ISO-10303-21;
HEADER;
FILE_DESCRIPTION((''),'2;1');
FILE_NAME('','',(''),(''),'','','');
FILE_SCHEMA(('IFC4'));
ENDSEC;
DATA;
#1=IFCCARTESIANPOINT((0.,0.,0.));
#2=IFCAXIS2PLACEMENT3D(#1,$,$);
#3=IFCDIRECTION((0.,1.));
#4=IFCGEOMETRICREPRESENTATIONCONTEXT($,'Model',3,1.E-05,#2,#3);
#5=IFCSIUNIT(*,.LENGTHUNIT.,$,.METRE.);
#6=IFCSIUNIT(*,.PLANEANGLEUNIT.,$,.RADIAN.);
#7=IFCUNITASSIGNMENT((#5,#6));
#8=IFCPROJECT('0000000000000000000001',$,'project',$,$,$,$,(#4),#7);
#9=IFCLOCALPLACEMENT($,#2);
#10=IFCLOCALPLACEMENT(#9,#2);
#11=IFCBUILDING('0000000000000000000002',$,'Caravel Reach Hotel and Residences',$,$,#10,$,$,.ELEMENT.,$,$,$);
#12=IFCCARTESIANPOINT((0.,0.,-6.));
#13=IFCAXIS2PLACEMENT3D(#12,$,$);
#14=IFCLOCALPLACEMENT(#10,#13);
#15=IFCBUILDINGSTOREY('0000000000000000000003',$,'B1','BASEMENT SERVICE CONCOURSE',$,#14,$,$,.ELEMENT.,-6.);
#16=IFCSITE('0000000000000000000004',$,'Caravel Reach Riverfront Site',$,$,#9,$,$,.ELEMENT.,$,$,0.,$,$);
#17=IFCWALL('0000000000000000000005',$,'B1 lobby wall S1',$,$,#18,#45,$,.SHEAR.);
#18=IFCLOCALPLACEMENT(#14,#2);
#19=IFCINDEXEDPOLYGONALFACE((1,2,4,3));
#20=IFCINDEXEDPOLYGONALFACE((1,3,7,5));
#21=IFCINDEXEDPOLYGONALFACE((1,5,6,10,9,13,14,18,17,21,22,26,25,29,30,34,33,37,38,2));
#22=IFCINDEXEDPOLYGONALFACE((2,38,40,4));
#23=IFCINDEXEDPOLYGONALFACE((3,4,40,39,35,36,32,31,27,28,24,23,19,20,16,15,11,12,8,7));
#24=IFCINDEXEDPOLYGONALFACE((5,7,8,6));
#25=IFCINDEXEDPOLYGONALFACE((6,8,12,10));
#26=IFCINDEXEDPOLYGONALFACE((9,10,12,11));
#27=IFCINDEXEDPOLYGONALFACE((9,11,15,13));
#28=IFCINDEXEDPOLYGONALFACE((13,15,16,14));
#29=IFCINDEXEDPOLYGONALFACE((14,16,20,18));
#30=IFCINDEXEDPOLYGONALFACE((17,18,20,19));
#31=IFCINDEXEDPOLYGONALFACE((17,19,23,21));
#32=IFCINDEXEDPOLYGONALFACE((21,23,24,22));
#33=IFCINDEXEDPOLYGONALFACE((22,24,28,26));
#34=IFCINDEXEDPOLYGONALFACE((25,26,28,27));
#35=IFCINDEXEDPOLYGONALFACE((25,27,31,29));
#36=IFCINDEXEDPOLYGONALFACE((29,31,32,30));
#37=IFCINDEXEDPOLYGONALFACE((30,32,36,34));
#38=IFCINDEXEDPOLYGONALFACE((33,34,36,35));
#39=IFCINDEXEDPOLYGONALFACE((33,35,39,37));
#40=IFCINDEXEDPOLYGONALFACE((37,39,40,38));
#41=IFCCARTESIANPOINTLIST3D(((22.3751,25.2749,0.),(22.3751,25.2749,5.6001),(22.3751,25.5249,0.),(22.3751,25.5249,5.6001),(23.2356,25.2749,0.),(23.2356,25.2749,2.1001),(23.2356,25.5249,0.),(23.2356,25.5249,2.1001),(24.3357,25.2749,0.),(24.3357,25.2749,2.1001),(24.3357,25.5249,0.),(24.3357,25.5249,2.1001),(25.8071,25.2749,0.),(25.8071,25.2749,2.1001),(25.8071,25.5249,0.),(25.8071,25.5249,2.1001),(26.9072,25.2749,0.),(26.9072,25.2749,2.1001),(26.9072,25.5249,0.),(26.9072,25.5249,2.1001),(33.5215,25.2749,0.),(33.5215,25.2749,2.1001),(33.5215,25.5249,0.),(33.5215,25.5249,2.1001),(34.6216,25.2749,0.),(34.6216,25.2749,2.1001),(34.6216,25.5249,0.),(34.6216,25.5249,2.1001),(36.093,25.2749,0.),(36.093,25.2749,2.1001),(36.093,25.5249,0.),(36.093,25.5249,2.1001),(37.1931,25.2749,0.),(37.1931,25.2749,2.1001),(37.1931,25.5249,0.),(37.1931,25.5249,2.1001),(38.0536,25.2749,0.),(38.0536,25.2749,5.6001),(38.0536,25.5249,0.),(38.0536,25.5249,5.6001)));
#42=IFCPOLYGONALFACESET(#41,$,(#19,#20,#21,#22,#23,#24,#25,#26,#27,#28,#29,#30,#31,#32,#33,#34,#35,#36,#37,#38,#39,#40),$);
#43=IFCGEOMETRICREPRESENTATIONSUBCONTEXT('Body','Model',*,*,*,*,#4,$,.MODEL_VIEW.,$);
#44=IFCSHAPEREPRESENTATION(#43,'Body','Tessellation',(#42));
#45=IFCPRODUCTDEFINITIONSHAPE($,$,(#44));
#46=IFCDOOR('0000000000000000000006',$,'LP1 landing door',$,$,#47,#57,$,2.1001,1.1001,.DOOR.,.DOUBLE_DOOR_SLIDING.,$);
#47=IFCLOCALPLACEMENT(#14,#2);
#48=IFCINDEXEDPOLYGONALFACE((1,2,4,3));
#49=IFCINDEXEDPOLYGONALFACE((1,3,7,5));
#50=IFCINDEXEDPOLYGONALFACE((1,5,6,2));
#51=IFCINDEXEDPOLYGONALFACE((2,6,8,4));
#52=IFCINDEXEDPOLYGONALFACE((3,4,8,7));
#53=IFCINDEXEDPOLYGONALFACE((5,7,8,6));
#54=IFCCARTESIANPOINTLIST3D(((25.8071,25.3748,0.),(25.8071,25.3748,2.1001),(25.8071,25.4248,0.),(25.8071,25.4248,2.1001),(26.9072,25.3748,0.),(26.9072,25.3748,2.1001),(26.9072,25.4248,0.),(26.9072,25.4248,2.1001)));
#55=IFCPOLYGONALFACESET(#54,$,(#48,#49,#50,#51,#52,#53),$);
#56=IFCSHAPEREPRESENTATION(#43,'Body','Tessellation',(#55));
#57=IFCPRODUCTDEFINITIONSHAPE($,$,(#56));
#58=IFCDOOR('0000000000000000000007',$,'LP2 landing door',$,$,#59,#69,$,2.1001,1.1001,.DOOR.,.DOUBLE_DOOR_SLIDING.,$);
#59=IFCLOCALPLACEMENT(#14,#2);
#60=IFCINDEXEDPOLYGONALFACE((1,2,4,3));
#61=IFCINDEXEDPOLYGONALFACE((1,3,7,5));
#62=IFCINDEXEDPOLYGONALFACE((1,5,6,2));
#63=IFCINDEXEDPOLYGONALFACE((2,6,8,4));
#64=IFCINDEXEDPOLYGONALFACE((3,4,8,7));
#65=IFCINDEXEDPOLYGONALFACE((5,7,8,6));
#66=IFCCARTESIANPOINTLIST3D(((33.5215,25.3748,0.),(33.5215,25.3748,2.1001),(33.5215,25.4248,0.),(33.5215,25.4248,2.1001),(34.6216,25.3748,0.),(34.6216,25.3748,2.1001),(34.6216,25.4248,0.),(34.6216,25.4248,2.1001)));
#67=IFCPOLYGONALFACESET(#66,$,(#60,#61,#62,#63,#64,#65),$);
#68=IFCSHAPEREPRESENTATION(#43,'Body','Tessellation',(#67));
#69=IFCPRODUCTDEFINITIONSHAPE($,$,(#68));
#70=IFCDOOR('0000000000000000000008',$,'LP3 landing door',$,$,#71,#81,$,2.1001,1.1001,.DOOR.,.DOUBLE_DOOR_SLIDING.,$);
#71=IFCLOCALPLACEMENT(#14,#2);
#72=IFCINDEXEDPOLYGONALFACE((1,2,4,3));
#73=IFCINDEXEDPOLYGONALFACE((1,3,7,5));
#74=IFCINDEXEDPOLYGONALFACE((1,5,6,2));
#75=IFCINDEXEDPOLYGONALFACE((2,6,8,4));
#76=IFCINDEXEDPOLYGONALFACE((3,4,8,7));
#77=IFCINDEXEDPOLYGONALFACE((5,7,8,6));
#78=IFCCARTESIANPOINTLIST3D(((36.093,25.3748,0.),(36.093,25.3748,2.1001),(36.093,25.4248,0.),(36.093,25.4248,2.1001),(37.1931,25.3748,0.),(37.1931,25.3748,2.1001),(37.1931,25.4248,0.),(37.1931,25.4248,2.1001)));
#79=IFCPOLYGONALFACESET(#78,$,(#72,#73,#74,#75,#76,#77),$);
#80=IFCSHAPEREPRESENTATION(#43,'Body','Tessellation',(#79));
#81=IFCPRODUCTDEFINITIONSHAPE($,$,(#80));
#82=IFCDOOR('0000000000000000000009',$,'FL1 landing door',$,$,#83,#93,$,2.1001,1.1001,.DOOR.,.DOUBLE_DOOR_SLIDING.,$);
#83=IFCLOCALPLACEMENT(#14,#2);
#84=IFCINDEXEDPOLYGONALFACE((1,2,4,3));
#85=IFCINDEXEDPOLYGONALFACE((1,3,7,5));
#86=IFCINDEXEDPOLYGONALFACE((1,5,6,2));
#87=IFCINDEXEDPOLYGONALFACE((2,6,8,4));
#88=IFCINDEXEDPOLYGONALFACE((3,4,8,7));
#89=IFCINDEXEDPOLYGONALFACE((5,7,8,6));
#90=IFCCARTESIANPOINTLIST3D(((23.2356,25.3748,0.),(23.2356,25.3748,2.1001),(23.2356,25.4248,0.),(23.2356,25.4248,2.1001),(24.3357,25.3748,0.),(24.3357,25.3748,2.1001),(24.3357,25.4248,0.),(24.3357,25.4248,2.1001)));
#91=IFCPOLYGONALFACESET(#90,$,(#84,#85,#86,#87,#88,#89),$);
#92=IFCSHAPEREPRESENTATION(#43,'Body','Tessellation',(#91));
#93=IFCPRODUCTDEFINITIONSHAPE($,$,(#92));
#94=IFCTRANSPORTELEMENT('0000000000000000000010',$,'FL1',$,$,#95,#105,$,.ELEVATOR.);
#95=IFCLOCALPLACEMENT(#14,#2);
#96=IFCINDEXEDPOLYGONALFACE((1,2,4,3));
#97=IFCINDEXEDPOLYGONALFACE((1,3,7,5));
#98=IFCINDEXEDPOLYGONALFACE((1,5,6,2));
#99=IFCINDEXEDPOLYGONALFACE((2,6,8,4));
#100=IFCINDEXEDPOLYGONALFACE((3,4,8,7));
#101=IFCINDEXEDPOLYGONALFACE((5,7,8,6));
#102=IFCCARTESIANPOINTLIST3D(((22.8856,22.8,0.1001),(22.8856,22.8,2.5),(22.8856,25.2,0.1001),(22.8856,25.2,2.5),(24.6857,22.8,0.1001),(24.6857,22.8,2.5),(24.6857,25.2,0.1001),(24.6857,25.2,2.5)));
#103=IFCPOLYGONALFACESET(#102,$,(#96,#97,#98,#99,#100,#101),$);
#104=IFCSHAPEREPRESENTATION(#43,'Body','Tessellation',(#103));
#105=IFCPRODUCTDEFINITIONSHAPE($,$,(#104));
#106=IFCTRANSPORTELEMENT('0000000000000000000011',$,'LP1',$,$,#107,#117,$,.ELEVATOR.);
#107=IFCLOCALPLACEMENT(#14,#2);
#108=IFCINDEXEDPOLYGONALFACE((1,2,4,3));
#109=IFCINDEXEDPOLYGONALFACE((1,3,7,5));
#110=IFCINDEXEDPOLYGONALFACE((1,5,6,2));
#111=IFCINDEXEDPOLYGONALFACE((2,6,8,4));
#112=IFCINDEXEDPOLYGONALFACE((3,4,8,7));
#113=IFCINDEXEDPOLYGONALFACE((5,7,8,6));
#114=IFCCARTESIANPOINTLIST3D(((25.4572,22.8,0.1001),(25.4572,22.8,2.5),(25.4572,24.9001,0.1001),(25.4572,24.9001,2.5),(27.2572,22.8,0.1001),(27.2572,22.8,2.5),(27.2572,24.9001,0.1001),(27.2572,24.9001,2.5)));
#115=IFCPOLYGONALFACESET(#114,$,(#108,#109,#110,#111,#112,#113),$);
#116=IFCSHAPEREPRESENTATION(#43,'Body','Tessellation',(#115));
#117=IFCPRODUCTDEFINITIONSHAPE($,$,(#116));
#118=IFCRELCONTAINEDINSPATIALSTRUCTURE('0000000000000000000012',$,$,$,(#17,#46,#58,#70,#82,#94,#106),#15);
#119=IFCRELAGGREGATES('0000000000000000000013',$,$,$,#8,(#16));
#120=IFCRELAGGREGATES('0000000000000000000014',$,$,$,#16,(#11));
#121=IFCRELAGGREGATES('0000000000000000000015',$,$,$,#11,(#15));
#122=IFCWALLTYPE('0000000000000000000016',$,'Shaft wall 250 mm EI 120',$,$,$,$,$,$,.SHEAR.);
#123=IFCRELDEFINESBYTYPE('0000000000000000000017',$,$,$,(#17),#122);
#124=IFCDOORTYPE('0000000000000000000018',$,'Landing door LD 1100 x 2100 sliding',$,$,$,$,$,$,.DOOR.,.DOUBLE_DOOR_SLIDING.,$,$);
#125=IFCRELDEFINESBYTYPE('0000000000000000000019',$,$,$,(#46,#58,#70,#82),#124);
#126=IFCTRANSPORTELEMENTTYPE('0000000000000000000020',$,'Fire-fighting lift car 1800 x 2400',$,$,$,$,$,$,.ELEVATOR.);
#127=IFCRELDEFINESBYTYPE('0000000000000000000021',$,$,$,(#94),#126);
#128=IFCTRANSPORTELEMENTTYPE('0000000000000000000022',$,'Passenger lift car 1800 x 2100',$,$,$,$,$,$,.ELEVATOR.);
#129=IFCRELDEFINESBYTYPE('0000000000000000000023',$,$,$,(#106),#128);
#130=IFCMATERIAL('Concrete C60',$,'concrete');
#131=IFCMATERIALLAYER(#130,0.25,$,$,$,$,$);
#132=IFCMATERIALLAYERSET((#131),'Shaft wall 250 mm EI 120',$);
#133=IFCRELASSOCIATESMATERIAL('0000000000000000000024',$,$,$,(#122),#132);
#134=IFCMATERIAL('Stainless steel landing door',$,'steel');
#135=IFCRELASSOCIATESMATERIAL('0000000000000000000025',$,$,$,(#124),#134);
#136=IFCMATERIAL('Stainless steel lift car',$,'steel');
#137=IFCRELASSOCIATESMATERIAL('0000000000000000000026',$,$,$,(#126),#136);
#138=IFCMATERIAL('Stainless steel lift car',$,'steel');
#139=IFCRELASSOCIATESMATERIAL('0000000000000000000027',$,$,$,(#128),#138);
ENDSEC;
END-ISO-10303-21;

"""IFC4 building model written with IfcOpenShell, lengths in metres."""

from ifc_helpers import new_model, si_unit, direction, frame, frame_2d, origin, origin_2d, place, context, subcontext, project, spatial, rectangle, extrude, material, layer, layer_set, type_object, element, fill, save


model = new_model("IFC4")

# Units and contexts
model_context = context("Model", 3, precision=1e-05, world=origin(), true_north=direction((0.0, 1.0)))
body_context = subcontext(model_context, "Body", "Model", "MODEL_VIEW")
ifc_project = project(units=[si_unit("LENGTHUNIT", "METRE"), si_unit("PLANEANGLEUNIT", "RADIAN")], contexts=[model_context])

# Site, building, storey
site_placement = place(None, origin())
site = spatial("IfcSite", under=ifc_project, at=site_placement, Name="Caravel Reach Riverfront Site", CompositionType="ELEMENT", RefElevation=0.0)
building_placement = place(site_placement, origin())
building = spatial("IfcBuilding", under=site, at=building_placement, Name="Caravel Reach Hotel and Residences", CompositionType="ELEMENT")
storey_placement = place(building_placement, frame((0.0, 0.0, -6.0)))
storey = spatial("IfcBuildingStorey", under=building, at=storey_placement, Name="B1", Description="BASEMENT SERVICE CONCOURSE", CompositionType="ELEMENT", Elevation=-6.0)

# Wall, openings, doors
ifc_material_1 = material(Name="Concrete C60", Category="concrete")
ifc_layer_1 = layer(ifc_material_1, 0.25)
ifc_layer_set_1 = layer_set([ifc_layer_1], Name="Shaft wall 250 mm EI 120")
wall_type_1 = type_object("IfcWallType", Name="Shaft wall 250 mm EI 120", PredefinedType="SHEAR", material=ifc_layer_set_1)
wall_1_placement = place(storey_placement, frame((22.375, 25.3999, 0.0), z_axis=(0.0, 0.0, 1.0), x_axis=(1.0, 0.0, 0.0)))
wall_1 = element("IfcWall", 1, at=wall_1_placement, inside=storey, type_object=wall_type_1, Name="B1 lobby wall S1", PredefinedType="SHEAR", context=body_context, shape_type="SweptSolid", body=[
    extrude(rectangle(XDim=15.6785, YDim=0.25, at=frame_2d((7.8394, 0.0))), origin(), (0.0, 0.0, 1.0), 5.6001),
])
opening_1_placement = place(wall_1_placement, frame((3.4321, 0.0, 0.0)))
opening_1 = element("IfcOpeningElement", 2, at=opening_1_placement, cuts=wall_1, PredefinedType="OPENING", context=body_context, shape_type="SweptSolid", body=[
    extrude(rectangle(XDim=1.1001, YDim=2.1001, at=frame_2d((0.55, 1.05))), frame((0.0, 0.135, 0.0), z_axis=(0.0, -1.0, 0.0), x_axis=(1.0, 0.0, 0.0)), (0.0, 0.0, 1.0), 0.27),
])
opening_2_placement = place(wall_1_placement, frame((11.1465, 0.0, 0.0)))
opening_2 = element("IfcOpeningElement", 3, at=opening_2_placement, cuts=wall_1, PredefinedType="OPENING", context=body_context, shape_type="SweptSolid", body=[
    extrude(rectangle(XDim=1.1001, YDim=2.1001, at=frame_2d((0.55, 1.05))), frame((0.0, 0.135, 0.0), z_axis=(0.0, -1.0, 0.0), x_axis=(1.0, 0.0, 0.0)), (0.0, 0.0, 1.0), 0.27),
])
opening_3_placement = place(wall_1_placement, frame((13.718, 0.0, 0.0)))
opening_3 = element("IfcOpeningElement", 4, at=opening_3_placement, cuts=wall_1, PredefinedType="OPENING", context=body_context, shape_type="SweptSolid", body=[
    extrude(rectangle(XDim=1.1001, YDim=2.1001, at=frame_2d((0.55, 1.05))), frame((0.0, 0.135, 0.0), z_axis=(0.0, -1.0, 0.0), x_axis=(1.0, 0.0, 0.0)), (0.0, 0.0, 1.0), 0.27),
])
opening_4_placement = place(wall_1_placement, frame((0.8606, 0.0, 0.0)))
opening_4 = element("IfcOpeningElement", 5, at=opening_4_placement, cuts=wall_1, PredefinedType="OPENING", context=body_context, shape_type="SweptSolid", body=[
    extrude(rectangle(XDim=1.1001, YDim=2.1001, at=frame_2d((0.55, 1.05))), frame((0.0, 0.135, 0.0), z_axis=(0.0, -1.0, 0.0), x_axis=(1.0, 0.0, 0.0)), (0.0, 0.0, 1.0), 0.27),
])
ifc_material_2 = material(Name="Stainless steel landing door", Category="steel")
door_type = type_object("IfcDoorType", Name="Landing door LD 1100 x 2100 sliding", OperationType="DOUBLE_DOOR_SLIDING", PredefinedType="DOOR", material=ifc_material_2)
door_1_placement = place(opening_1_placement, origin())
door_1 = element("IfcDoor", 6, at=door_1_placement, inside=storey, type_object=door_type, Name="LP1 landing door", OperationType="DOUBLE_DOOR_SLIDING", OverallHeight=2.1001, OverallWidth=1.1001, PredefinedType="DOOR", context=body_context, shape_type="SweptSolid", body=[
    extrude(rectangle(XDim=1.1001, YDim=2.1001, at=frame_2d((0.55, 1.05))), frame((0.0, 0.0249, 0.0), z_axis=(0.0, -1.0, 0.0), x_axis=(1.0, 0.0, 0.0)), (0.0, 0.0, 1.0), 0.05),
])
fill(opening_1, door_1)
door_2_placement = place(opening_2_placement, origin())
door_2 = element("IfcDoor", 7, at=door_2_placement, inside=storey, type_object=door_type, Name="LP2 landing door", OperationType="DOUBLE_DOOR_SLIDING", OverallHeight=2.1001, OverallWidth=1.1001, PredefinedType="DOOR", context=body_context, shape_type="SweptSolid", body=[
    extrude(rectangle(XDim=1.1001, YDim=2.1001, at=frame_2d((0.55, 1.05))), frame((0.0, 0.0249, 0.0), z_axis=(0.0, -1.0, 0.0), x_axis=(1.0, 0.0, 0.0)), (0.0, 0.0, 1.0), 0.05),
])
fill(opening_2, door_2)
door_3_placement = place(opening_3_placement, origin())
door_3 = element("IfcDoor", 8, at=door_3_placement, inside=storey, type_object=door_type, Name="LP3 landing door", OperationType="DOUBLE_DOOR_SLIDING", OverallHeight=2.1001, OverallWidth=1.1001, PredefinedType="DOOR", context=body_context, shape_type="SweptSolid", body=[
    extrude(rectangle(XDim=1.1001, YDim=2.1001, at=frame_2d((0.55, 1.05))), frame((0.0, 0.0249, 0.0), z_axis=(0.0, -1.0, 0.0), x_axis=(1.0, 0.0, 0.0)), (0.0, 0.0, 1.0), 0.05),
])
fill(opening_3, door_3)
door_4_placement = place(opening_4_placement, origin())
door_4 = element("IfcDoor", 9, at=door_4_placement, inside=storey, type_object=door_type, Name="FL1 landing door", OperationType="DOUBLE_DOOR_SLIDING", OverallHeight=2.1001, OverallWidth=1.1001, PredefinedType="DOOR", context=body_context, shape_type="SweptSolid", body=[
    extrude(rectangle(XDim=1.1001, YDim=2.1001, at=frame_2d((0.55, 1.05))), frame((0.0, 0.0249, 0.0), z_axis=(0.0, -1.0, 0.0), x_axis=(1.0, 0.0, 0.0)), (0.0, 0.0, 1.0), 0.05),
])
fill(opening_4, door_4)

# Transport elements
ifc_material_3 = material(Name="Stainless steel lift car", Category="steel")
transport_element_type_1 = type_object("IfcTransportElementType", Name="Fire-fighting lift car 1800 x 2400", PredefinedType="ELEVATOR", material=ifc_material_3)
transport_element_1_placement = place(storey_placement, frame((23.7856, 24.0, 0.1001), z_axis=(0.0, 0.0, 1.0), x_axis=(1.0, 0.0, 0.0)))
element("IfcTransportElement", 10, at=transport_element_1_placement, inside=storey, type_object=transport_element_type_1, Name="FL1", PredefinedType="ELEVATOR", context=body_context, shape_type="SweptSolid", body=[
    extrude(rectangle(XDim=1.8, YDim=2.3999, at=origin_2d()), origin(), (0.0, 0.0, 1.0), 2.3999),
])
ifc_material_4 = material(Name="Stainless steel lift car", Category="steel")
transport_element_type_2 = type_object("IfcTransportElementType", Name="Passenger lift car 1800 x 2100", PredefinedType="ELEVATOR", material=ifc_material_4)
transport_element_2_placement = place(storey_placement, frame((26.3572, 23.8501, 0.1001), z_axis=(0.0, 0.0, 1.0), x_axis=(1.0, 0.0, 0.0)))
element("IfcTransportElement", 11, at=transport_element_2_placement, inside=storey, type_object=transport_element_type_2, Name="LP1", PredefinedType="ELEVATOR", context=body_context, shape_type="SweptSolid", body=[
    extrude(rectangle(XDim=1.8, YDim=2.1001, at=origin_2d()), origin(), (0.0, 0.0, 1.0), 2.3999),
])

save(model, "model.ifc")
